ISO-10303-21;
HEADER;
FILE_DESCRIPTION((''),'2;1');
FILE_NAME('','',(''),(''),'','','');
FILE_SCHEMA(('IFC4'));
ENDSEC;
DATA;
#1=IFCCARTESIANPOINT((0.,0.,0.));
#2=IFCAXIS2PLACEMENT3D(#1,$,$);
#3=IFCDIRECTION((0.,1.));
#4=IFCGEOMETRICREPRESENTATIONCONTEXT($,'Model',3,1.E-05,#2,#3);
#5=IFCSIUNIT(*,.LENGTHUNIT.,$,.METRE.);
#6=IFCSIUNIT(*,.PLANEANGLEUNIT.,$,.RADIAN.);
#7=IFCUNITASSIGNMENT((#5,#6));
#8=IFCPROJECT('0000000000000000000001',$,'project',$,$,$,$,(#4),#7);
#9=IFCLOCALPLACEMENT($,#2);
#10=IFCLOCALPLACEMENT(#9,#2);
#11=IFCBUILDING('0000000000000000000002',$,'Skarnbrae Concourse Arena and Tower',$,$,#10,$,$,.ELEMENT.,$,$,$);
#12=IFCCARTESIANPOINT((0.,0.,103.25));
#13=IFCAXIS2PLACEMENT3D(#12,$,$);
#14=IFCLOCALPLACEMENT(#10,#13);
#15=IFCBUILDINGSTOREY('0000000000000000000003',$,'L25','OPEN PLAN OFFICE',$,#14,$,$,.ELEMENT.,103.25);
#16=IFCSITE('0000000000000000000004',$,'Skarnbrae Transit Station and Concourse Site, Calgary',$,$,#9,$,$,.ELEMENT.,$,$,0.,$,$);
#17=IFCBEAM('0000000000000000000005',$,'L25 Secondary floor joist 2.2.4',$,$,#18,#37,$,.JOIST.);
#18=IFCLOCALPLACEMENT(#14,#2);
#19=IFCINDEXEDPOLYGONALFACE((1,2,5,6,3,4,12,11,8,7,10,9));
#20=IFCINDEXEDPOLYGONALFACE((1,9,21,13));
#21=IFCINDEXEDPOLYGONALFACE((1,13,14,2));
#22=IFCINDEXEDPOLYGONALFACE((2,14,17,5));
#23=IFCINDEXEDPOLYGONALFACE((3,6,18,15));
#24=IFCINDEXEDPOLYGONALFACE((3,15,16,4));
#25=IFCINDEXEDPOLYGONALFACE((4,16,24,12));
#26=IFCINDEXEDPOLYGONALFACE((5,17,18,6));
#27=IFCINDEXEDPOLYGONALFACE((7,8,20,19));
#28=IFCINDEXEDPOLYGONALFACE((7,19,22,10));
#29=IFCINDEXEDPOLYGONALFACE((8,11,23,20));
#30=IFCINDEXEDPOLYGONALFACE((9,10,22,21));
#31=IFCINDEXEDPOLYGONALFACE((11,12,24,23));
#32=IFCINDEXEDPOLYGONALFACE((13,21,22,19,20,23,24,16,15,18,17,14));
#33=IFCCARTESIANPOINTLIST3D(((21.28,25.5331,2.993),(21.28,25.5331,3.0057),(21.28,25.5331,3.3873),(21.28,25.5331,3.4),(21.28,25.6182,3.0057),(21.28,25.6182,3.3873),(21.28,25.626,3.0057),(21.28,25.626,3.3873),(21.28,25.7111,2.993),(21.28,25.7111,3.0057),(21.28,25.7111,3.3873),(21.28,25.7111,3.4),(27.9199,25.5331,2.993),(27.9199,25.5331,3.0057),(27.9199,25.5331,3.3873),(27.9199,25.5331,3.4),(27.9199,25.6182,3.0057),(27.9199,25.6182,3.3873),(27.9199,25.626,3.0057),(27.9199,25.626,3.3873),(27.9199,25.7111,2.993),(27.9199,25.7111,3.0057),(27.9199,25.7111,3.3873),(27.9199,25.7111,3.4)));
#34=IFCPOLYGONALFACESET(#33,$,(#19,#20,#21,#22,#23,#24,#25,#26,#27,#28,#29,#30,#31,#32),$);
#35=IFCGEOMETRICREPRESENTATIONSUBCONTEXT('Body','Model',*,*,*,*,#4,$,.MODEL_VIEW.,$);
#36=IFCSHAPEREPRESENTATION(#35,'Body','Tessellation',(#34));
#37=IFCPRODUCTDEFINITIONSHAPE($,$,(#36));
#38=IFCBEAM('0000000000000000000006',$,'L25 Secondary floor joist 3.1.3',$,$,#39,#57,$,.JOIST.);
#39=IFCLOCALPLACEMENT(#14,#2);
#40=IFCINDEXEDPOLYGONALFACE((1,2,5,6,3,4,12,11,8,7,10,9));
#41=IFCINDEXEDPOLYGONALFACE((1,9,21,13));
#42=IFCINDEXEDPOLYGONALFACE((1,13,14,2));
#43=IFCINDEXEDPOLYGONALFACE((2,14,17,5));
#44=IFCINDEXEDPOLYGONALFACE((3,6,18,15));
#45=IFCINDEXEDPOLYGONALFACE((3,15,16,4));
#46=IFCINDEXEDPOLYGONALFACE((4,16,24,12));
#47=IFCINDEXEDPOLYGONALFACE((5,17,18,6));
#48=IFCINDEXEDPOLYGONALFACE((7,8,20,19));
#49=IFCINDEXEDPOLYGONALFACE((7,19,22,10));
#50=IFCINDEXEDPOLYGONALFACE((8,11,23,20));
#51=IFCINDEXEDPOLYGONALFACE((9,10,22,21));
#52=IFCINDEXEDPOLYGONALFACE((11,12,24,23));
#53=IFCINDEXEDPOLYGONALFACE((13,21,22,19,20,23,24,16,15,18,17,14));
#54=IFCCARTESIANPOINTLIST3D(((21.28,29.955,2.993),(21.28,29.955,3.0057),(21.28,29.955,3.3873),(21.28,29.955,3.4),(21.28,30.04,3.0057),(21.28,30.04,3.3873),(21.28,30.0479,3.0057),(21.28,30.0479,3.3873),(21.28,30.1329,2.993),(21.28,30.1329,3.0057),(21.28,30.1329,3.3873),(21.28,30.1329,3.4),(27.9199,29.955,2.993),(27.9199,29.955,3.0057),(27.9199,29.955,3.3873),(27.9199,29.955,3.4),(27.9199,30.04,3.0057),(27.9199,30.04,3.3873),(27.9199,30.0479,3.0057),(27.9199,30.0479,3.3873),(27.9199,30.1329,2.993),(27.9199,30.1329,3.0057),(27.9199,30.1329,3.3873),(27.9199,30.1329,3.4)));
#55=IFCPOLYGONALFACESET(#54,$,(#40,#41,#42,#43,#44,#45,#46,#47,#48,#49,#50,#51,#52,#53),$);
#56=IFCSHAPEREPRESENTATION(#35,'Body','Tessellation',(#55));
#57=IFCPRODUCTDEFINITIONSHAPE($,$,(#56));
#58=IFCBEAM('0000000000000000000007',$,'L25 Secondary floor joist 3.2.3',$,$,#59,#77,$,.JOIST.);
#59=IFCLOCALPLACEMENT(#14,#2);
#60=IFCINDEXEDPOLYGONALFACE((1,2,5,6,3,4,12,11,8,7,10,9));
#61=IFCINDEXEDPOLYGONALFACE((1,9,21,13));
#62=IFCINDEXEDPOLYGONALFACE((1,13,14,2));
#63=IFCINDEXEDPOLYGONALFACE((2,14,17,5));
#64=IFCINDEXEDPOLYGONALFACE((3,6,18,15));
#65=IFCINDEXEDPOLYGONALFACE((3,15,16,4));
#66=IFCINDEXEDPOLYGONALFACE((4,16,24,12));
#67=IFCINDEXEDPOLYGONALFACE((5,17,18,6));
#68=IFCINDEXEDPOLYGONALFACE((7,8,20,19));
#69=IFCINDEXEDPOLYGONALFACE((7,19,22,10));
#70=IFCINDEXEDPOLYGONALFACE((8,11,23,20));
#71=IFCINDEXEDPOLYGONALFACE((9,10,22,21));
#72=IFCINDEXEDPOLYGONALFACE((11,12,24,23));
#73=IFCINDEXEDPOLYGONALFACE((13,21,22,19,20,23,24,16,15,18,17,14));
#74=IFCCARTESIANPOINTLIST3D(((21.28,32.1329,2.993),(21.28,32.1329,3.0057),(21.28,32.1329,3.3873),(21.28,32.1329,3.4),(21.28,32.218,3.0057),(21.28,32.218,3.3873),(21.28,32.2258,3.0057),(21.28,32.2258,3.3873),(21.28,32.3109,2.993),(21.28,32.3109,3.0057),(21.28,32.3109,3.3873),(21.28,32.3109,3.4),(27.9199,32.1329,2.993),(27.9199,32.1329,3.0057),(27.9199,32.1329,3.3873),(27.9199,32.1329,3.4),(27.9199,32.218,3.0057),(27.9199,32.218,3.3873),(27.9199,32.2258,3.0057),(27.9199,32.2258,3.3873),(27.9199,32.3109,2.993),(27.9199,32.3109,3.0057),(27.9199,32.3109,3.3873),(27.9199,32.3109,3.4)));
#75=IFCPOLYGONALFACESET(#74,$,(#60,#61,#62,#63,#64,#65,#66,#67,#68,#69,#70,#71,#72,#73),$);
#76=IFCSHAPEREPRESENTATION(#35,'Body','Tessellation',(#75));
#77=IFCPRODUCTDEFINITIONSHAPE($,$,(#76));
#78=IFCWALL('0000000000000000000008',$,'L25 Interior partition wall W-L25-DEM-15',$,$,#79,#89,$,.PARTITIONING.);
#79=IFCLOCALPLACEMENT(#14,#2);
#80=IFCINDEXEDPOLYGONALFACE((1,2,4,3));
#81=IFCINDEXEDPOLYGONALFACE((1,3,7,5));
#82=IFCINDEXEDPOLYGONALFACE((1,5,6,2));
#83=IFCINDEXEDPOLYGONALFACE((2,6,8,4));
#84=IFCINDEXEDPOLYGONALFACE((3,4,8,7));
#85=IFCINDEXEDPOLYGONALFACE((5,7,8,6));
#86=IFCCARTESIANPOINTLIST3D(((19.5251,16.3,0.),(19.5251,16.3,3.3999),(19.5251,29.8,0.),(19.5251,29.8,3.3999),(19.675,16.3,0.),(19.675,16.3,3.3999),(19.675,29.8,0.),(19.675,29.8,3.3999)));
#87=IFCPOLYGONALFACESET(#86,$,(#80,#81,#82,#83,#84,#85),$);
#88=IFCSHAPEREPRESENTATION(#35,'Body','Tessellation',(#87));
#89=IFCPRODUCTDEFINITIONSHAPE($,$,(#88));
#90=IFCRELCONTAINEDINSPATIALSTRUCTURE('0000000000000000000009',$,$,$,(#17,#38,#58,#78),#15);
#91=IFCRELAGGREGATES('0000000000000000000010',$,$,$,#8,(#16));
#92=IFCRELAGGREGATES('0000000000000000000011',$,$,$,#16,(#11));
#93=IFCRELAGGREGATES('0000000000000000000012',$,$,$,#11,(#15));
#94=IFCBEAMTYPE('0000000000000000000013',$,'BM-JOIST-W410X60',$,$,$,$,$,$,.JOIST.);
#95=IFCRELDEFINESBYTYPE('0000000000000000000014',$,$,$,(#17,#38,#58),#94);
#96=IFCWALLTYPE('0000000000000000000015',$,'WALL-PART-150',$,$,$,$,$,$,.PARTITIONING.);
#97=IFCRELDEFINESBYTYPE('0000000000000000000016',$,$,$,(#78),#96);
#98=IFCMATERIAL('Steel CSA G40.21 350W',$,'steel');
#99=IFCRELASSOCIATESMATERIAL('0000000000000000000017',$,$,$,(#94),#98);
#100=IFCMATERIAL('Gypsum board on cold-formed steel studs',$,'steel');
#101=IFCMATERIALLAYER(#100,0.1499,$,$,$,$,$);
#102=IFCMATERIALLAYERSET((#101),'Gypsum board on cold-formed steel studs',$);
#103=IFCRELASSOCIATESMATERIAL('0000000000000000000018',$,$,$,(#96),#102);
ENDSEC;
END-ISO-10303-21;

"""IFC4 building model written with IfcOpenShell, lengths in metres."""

from ifc_helpers import new_model, si_unit, direction, frame, frame_2d, origin, origin_2d, place, context, subcontext, project, spatial, rectangle, i_section, extrude, source, transform, mapped, material, layer, layer_set, material_profile, profile_set, type_object, element, save


model = new_model("IFC4")

# Units and contexts
model_context = context("Model", 3, precision=1e-05, world=origin(), true_north=direction((0.0, 1.0)))
body_context = subcontext(model_context, "Body", "Model", "MODEL_VIEW")
ifc_project = project(units=[si_unit("LENGTHUNIT", "METRE"), si_unit("PLANEANGLEUNIT", "RADIAN")], contexts=[model_context])

# Site, building, storey
site_placement = place(None, origin())
site = spatial("IfcSite", under=ifc_project, at=site_placement, Name="Skarnbrae Transit Station and Concourse Site, Calgary", CompositionType="ELEMENT", RefElevation=0.0)
building_placement = place(site_placement, origin())
building = spatial("IfcBuilding", under=site, at=building_placement, Name="Skarnbrae Concourse Arena and Tower", CompositionType="ELEMENT")
storey_placement = place(building_placement, frame((0.0, 0.0, 103.25)))
storey = spatial("IfcBuildingStorey", under=building, at=storey_placement, Name="L25", Description="OPEN PLAN OFFICE", CompositionType="ELEMENT", Elevation=103.25)

# Shared definitions
ifc_material_1 = material(Name="Steel CSA G40.21 350W", Category="steel")

# Beams
ifc_material_profile_1 = material_profile(ifc_material_1, i_section(OverallWidth=0.178, OverallDepth=0.407, WebThickness=0.0078, FlangeThickness=0.0127, at=origin_2d()), Name="W410X60")
ifc_profile_set_1 = profile_set([ifc_material_profile_1], Name="Steel CSA G40.21 350W")
beam_type_1 = type_object("IfcBeamType", Name="BM-JOIST-W410X60", PredefinedType="JOIST", material=ifc_profile_set_1)
shared_shape_1 = source(origin(), body_context, "Body", "SweptSolid", [
    extrude(i_section(OverallWidth=0.178, OverallDepth=0.407, WebThickness=0.0078, FlangeThickness=0.0127, at=origin_2d()), origin(), (0.0, 0.0, 1.0), 6.6399),
])
for number, where, z_axis, x_axis, name in (
    (1, (21.28, 25.6221, 3.1965), (1.0, 0.0, 0.0), (0.0, 1.0, 0.0), "L25 Secondary floor joist 2.2.4"),
    (2, (21.28, 30.0439, 3.1965), (1.0, 0.0, 0.0), (0.0, 1.0, 0.0), "L25 Secondary floor joist 3.1.3"),
    (3, (21.28, 32.2219, 3.1965), (1.0, 0.0, 0.0), (0.0, 1.0, 0.0), "L25 Secondary floor joist 3.2.3"),
):
    element("IfcBeam", number, at=place(storey_placement, frame(where, z_axis=z_axis, x_axis=x_axis)), inside=storey, type_object=beam_type_1, Name=name, PredefinedType="JOIST", context=body_context, shape_type="MappedRepresentation", body=[
        mapped(shared_shape_1, transform((0.0, 0.0, 0.0))),
    ])

# Wall
ifc_material_2 = material(Name="Gypsum board on cold-formed steel studs", Category="steel")
ifc_layer = layer(ifc_material_2, 0.1499)
ifc_layer_set = layer_set([ifc_layer], Name="Gypsum board on cold-formed steel studs")
wall_type = type_object("IfcWallType", Name="WALL-PART-150", PredefinedType="PARTITIONING", material=ifc_layer_set)
shared_shape_2 = source(origin(), body_context, "Body", "SweptSolid", [
    extrude(rectangle(XDim=13.5, YDim=0.1499, at=frame_2d((6.75, 0.0))), origin(), (0.0, 0.0, 1.0), 3.3999),
])
wall_placement = place(storey_placement, frame((19.6001, 29.8, 0.0), z_axis=(0.0, 0.0, 1.0), x_axis=(0.0, -1.0, 0.0)))
element("IfcWall", 4, at=wall_placement, inside=storey, type_object=wall_type, Name="L25 Interior partition wall W-L25-DEM-15", PredefinedType="PARTITIONING", context=body_context, shape_type="MappedRepresentation", body=[
    mapped(shared_shape_2, transform((0.0, 0.0, 0.0))),
])

save(model, "model.ifc")
